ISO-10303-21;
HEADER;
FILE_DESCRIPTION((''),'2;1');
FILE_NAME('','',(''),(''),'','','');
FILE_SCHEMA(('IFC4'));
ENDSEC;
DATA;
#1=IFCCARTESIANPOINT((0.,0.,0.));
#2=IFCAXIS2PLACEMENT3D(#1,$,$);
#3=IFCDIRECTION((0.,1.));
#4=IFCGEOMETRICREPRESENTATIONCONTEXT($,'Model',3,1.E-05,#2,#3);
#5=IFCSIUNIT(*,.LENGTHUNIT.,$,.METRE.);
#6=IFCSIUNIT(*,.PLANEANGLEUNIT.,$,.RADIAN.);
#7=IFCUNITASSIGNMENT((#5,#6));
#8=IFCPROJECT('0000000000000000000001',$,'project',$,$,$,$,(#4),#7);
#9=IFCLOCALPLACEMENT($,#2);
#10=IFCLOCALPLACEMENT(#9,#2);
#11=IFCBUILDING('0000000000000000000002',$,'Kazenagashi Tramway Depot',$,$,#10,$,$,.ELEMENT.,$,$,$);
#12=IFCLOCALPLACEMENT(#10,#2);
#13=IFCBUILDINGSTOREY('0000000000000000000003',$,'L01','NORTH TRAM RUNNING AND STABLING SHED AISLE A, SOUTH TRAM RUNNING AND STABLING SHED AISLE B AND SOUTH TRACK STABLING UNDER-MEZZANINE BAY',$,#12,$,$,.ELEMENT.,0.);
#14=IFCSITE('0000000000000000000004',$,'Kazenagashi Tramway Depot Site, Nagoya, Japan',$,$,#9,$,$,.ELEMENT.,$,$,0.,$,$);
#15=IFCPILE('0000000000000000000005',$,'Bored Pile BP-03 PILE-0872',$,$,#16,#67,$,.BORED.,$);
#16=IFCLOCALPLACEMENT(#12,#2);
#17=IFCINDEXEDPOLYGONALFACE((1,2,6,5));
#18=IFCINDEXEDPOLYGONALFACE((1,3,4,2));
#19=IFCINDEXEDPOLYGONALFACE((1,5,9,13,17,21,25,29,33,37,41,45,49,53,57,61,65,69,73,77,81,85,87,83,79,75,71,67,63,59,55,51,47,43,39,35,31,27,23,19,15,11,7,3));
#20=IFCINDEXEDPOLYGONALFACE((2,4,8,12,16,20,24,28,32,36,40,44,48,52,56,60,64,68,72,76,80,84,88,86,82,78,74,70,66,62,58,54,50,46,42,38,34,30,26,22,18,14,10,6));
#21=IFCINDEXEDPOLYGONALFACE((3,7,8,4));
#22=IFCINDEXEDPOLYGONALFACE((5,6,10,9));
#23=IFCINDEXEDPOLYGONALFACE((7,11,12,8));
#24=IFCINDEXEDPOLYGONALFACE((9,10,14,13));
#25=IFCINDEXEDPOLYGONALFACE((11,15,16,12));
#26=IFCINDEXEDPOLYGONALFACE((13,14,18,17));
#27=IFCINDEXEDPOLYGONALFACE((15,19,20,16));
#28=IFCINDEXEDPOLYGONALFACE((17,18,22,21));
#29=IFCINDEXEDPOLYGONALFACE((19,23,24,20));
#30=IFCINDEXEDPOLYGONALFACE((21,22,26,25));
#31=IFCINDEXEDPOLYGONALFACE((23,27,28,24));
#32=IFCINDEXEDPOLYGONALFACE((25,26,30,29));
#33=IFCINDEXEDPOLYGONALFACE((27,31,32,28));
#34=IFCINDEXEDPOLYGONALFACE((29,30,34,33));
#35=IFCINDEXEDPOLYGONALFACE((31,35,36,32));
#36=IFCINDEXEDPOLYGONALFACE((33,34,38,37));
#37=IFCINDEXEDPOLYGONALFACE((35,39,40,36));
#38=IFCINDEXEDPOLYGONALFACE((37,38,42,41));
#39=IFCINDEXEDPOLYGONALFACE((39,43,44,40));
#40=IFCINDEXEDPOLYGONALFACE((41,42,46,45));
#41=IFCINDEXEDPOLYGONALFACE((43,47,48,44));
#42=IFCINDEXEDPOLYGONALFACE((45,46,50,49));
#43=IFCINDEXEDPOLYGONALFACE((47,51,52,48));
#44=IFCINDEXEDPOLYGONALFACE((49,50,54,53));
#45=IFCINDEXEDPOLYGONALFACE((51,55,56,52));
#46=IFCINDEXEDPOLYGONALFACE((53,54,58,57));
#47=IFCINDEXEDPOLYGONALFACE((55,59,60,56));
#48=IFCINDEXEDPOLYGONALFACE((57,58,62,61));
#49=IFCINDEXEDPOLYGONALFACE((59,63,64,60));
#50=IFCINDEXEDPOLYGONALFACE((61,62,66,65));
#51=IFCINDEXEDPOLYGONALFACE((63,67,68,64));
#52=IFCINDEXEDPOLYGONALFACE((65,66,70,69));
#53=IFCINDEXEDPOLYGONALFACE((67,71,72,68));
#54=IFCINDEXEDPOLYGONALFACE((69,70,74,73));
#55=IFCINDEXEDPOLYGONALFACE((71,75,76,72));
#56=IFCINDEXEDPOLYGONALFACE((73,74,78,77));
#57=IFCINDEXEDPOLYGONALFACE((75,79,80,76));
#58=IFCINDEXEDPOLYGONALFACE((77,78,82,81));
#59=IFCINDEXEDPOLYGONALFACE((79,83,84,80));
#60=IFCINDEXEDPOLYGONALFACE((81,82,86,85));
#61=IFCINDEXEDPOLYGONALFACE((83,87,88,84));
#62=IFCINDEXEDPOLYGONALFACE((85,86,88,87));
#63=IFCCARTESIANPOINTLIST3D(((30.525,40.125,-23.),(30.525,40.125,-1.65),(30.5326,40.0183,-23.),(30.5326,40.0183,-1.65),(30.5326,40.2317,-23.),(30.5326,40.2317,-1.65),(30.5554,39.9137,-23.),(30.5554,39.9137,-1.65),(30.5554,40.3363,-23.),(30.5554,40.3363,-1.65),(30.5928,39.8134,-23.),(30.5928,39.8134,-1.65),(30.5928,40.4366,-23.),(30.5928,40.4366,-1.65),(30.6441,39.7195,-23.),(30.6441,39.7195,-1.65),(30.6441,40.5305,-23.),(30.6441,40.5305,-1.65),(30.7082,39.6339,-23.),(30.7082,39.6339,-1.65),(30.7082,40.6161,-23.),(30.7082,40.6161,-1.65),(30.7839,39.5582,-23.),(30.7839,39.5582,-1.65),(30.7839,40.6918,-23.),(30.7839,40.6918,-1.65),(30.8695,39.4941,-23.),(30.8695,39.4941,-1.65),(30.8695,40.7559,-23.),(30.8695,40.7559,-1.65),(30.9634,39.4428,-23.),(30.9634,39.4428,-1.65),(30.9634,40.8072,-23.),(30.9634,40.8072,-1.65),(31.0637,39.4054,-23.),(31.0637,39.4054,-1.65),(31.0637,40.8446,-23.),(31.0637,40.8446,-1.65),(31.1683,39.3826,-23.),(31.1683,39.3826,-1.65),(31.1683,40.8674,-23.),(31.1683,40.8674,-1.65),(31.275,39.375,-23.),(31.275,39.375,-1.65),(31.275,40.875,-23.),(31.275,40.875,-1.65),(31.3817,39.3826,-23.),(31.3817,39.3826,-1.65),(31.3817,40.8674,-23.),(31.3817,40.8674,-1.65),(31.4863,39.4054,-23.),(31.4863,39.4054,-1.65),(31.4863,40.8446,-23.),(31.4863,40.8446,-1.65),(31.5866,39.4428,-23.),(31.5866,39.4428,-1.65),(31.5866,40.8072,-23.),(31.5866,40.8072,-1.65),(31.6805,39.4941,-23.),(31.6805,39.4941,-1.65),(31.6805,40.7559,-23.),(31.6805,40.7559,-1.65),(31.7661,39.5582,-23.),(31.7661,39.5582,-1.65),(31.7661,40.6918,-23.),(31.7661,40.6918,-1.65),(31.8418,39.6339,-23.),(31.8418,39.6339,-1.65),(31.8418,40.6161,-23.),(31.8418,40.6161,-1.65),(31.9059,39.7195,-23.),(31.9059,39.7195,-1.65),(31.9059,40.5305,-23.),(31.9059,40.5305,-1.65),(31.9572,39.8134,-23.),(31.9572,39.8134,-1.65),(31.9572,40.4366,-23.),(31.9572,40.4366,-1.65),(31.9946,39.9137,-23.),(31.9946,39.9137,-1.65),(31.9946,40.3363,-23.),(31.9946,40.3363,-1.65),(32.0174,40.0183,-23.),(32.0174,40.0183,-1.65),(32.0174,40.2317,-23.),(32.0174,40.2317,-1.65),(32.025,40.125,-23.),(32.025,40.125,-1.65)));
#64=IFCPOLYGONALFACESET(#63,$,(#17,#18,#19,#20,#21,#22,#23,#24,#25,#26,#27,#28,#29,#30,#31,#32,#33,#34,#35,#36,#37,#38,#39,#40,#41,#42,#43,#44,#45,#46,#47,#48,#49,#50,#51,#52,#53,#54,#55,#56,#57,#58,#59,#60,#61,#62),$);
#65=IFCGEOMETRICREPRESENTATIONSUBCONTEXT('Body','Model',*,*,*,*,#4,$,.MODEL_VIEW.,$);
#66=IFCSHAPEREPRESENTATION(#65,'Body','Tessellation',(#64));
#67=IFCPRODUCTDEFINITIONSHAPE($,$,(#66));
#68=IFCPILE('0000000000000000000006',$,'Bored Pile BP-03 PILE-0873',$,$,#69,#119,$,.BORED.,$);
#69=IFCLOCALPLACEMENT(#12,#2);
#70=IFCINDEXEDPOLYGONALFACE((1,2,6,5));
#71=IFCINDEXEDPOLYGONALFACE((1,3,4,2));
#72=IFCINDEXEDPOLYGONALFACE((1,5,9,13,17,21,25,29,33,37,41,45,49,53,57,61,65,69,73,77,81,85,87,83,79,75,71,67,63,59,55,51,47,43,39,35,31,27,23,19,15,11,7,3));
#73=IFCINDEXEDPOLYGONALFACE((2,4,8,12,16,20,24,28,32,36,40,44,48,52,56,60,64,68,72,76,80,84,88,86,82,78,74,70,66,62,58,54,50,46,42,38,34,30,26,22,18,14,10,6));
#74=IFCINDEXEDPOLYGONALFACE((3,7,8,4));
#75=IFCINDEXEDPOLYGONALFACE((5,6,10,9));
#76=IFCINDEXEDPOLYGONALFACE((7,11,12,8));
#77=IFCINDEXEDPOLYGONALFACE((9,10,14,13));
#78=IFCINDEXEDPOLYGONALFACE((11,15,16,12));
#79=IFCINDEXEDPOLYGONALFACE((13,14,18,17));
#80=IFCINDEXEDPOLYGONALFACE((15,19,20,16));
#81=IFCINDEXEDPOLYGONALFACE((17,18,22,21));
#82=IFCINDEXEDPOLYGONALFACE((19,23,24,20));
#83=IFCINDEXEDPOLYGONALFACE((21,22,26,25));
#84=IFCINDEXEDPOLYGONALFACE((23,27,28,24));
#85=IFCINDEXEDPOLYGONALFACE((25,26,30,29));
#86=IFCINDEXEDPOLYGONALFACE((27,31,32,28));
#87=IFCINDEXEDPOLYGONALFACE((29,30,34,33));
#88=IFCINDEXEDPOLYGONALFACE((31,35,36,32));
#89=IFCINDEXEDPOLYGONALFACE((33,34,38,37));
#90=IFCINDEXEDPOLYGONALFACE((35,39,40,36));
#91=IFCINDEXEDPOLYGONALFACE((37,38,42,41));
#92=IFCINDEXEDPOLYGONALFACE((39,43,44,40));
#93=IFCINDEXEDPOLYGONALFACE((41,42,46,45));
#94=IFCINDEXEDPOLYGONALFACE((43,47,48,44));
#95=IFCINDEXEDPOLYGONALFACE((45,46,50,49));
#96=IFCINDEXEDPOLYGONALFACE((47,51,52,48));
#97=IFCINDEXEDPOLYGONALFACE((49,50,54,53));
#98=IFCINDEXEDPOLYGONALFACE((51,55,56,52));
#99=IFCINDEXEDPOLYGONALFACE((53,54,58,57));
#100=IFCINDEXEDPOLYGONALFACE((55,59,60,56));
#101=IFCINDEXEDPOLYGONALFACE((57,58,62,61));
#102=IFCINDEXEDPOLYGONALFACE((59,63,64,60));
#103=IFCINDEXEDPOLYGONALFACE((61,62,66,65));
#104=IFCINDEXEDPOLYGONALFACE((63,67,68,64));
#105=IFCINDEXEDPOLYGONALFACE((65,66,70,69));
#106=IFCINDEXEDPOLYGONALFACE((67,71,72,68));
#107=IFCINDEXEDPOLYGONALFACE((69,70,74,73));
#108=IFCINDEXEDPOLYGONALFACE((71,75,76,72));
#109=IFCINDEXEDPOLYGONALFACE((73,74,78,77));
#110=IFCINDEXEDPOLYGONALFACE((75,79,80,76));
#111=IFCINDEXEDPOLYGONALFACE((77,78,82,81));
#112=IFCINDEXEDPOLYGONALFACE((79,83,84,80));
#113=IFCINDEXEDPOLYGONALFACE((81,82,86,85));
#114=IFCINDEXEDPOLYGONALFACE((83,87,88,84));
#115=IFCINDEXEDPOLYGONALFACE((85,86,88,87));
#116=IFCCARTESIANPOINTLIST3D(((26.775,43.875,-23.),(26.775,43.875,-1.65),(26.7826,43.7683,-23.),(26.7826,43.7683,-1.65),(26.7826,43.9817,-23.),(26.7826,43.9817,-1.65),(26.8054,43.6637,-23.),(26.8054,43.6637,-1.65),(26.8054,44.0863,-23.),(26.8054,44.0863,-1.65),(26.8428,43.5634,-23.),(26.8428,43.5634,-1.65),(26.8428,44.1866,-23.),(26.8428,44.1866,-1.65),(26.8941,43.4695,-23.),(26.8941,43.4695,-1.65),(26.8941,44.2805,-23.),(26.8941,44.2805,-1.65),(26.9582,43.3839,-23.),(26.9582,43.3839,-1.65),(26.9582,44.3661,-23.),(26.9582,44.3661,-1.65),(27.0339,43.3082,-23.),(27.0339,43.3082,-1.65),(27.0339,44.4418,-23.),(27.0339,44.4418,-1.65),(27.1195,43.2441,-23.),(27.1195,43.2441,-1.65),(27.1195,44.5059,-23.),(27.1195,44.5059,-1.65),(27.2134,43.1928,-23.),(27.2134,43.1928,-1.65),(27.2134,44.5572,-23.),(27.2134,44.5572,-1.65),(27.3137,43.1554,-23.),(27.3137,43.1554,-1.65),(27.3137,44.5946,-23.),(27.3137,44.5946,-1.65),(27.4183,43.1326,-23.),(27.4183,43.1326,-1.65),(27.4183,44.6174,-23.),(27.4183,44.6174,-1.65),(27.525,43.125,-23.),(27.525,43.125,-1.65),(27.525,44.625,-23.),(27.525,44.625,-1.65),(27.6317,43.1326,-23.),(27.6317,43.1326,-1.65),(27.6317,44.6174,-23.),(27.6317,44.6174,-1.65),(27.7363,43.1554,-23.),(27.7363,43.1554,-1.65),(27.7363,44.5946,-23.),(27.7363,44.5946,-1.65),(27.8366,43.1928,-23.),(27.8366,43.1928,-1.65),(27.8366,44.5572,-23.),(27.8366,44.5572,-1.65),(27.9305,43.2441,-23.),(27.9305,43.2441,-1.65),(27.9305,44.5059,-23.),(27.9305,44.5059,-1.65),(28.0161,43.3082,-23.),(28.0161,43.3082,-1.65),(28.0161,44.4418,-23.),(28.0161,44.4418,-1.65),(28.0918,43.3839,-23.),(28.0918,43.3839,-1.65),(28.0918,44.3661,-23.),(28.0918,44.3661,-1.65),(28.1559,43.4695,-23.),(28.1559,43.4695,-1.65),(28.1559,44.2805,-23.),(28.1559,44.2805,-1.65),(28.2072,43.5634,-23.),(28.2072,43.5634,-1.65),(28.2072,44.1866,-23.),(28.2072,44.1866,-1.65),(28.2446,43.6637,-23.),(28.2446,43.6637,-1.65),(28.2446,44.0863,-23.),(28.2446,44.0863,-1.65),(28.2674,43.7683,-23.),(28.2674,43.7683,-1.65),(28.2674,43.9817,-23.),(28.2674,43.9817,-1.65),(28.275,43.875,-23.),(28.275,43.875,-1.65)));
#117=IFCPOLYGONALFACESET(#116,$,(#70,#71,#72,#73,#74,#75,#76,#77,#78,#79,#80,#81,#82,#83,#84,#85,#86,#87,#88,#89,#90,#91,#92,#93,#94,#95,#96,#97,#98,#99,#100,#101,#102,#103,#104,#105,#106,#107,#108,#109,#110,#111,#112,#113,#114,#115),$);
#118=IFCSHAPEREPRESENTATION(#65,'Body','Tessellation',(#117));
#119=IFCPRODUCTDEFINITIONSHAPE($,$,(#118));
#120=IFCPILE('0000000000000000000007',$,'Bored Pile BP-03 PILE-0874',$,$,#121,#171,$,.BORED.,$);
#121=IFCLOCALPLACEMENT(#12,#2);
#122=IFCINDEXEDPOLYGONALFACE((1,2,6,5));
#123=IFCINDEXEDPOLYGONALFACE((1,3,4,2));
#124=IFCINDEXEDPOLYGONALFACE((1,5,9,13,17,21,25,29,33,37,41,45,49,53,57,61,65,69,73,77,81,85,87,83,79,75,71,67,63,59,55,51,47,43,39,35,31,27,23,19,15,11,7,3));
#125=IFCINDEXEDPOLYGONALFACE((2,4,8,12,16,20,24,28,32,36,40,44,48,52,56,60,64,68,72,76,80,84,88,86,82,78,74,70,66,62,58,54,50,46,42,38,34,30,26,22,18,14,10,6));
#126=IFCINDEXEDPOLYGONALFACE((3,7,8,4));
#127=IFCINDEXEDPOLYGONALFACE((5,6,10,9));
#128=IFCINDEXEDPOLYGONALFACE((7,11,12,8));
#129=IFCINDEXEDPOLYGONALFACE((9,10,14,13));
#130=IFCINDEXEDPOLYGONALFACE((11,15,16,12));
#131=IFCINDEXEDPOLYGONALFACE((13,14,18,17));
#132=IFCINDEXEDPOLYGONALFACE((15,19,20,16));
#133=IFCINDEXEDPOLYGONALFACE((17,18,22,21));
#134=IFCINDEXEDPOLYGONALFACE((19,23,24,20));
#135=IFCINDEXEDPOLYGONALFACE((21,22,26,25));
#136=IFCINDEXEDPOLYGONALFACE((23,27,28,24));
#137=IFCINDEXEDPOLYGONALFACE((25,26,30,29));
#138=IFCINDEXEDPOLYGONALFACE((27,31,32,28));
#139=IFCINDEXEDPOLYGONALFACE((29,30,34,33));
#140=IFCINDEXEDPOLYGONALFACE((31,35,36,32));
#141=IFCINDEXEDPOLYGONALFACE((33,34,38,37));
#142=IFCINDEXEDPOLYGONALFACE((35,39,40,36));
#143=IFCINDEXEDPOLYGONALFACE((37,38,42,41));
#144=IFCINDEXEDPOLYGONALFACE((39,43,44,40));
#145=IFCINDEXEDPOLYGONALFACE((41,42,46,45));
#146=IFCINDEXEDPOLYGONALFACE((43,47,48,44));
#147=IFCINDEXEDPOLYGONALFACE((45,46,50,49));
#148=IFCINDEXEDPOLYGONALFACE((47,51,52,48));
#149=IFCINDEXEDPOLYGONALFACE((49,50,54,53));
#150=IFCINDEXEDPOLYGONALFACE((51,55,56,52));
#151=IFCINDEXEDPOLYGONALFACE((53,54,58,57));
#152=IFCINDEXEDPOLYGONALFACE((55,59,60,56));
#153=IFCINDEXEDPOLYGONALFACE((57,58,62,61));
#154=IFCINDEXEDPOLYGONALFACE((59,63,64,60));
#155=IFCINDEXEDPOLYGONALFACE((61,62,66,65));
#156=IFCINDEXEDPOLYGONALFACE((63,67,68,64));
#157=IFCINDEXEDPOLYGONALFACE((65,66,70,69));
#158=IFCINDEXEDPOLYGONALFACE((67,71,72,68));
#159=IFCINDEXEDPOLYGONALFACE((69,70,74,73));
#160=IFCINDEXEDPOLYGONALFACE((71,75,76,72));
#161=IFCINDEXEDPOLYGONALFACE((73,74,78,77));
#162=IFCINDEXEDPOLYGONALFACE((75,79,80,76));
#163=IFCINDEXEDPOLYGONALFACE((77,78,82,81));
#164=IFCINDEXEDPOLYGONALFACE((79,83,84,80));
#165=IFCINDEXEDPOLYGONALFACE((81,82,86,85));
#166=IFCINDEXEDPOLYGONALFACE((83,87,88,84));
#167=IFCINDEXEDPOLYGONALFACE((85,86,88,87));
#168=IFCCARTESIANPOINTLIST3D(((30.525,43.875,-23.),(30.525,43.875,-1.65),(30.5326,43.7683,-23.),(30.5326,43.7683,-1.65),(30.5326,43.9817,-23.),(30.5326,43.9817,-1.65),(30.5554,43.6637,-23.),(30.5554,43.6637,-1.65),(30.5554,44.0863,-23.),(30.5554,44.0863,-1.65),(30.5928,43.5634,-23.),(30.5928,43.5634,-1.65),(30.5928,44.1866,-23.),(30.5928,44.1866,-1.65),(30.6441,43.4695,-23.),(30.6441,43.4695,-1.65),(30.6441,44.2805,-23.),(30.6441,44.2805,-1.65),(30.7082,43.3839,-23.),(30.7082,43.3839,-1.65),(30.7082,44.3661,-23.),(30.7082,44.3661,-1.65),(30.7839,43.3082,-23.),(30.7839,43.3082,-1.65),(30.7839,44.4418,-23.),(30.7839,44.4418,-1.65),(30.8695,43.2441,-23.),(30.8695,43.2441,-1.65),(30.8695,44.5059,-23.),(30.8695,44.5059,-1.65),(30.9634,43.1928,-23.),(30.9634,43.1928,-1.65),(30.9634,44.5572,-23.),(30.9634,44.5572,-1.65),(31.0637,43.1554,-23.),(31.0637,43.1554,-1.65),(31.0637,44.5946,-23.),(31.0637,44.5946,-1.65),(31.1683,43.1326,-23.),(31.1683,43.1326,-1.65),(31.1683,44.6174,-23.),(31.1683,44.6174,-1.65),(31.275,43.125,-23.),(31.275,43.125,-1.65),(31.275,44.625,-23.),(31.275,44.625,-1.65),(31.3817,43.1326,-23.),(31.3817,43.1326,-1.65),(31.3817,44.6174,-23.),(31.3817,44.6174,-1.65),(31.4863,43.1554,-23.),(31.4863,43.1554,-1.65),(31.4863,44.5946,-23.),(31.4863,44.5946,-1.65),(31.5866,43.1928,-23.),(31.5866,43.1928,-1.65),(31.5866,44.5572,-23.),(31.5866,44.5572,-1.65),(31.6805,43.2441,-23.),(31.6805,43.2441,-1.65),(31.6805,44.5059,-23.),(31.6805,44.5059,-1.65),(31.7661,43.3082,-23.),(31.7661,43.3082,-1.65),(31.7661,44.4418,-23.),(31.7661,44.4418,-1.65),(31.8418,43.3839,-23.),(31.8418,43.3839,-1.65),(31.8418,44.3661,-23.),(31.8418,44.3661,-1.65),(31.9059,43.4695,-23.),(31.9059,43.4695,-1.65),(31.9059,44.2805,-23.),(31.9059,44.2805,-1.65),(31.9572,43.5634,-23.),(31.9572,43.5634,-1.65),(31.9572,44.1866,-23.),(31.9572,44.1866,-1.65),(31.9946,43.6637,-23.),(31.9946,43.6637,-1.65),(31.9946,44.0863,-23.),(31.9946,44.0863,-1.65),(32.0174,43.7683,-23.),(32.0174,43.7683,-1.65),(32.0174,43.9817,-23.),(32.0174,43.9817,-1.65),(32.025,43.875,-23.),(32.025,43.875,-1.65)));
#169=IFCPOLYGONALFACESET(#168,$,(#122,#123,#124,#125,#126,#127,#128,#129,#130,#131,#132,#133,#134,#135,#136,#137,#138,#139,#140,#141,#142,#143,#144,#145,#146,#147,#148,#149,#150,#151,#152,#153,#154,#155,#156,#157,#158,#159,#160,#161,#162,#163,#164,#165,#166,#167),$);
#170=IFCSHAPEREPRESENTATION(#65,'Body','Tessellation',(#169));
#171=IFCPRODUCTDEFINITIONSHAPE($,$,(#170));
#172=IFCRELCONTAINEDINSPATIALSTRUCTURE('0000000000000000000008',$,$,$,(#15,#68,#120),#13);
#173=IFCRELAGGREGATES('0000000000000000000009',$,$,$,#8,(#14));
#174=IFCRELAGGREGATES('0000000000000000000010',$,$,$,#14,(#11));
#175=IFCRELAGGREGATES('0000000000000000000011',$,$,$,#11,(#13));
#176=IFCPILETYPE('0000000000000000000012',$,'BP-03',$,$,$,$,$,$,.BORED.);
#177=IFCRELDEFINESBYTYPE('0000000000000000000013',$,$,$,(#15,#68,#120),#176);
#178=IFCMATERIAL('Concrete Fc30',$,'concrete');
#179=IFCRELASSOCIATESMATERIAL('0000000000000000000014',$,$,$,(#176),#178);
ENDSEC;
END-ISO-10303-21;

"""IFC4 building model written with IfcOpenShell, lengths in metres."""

from ifc_helpers import new_model, si_unit, direction, frame, origin, origin_2d, place, context, subcontext, project, spatial, circle, extrude, material, material_profile, profile_set, type_object, element, save


model = new_model("IFC4")

# Units and contexts
model_context = context("Model", 3, precision=1e-05, world=origin(), true_north=direction((0.0, 1.0)))
body_context = subcontext(model_context, "Body", "Model", "MODEL_VIEW")
ifc_project = project(units=[si_unit("LENGTHUNIT", "METRE"), si_unit("PLANEANGLEUNIT", "RADIAN")], contexts=[model_context])

# Site, building, storey
site_placement = place(None, origin())
site = spatial("IfcSite", under=ifc_project, at=site_placement, Name="Kazenagashi Tramway Depot Site, Nagoya, Japan", CompositionType="ELEMENT", RefElevation=0.0)
building_placement = place(site_placement, origin())
building = spatial("IfcBuilding", under=site, at=building_placement, Name="Kazenagashi Tramway Depot", CompositionType="ELEMENT")
storey_placement = place(building_placement, origin())
storey = spatial("IfcBuildingStorey", under=building, at=storey_placement, Name="L01", Description="NORTH TRAM RUNNING AND STABLING SHED AISLE A, SOUTH TRAM RUNNING AND STABLING SHED AISLE B AND SOUTH TRACK STABLING UNDER-MEZZANINE BAY", CompositionType="ELEMENT", Elevation=0.0)

# Piles
ifc_material_1 = material(Name="Concrete Fc30", Category="concrete")
ifc_material_profile_1 = material_profile(ifc_material_1, circle(Radius=0.75, at=origin_2d()), Name="PILE-1500")
ifc_profile_set_1 = profile_set([ifc_material_profile_1], Name="Concrete Fc30")
pile_type = type_object("IfcPileType", Name="BP-03", PredefinedType="BORED", material=ifc_profile_set_1)
for number, where, z_axis, x_axis, name in (
    (1, (31.275, 40.125, -1.65), (0.0, 0.0, -1.0), (1.0, 0.0, 0.0), "Bored Pile BP-03 PILE-0872"),
    (2, (27.525, 43.875, -1.65), (0.0, 0.0, -1.0), (1.0, 0.0, 0.0), "Bored Pile BP-03 PILE-0873"),
    (3, (31.275, 43.875, -1.65), (0.0, 0.0, -1.0), (1.0, 0.0, 0.0), "Bored Pile BP-03 PILE-0874"),
):
    element("IfcPile", number, at=place(storey_placement, frame(where, z_axis=z_axis, x_axis=x_axis)), inside=storey, type_object=pile_type, Name=name, PredefinedType="BORED", context=body_context, shape_type="SweptSolid", body=[
        extrude(circle(Radius=0.75, at=origin_2d()), origin(), (0.0, 0.0, 1.0), 21.35),
    ])

save(model, "model.ifc")
